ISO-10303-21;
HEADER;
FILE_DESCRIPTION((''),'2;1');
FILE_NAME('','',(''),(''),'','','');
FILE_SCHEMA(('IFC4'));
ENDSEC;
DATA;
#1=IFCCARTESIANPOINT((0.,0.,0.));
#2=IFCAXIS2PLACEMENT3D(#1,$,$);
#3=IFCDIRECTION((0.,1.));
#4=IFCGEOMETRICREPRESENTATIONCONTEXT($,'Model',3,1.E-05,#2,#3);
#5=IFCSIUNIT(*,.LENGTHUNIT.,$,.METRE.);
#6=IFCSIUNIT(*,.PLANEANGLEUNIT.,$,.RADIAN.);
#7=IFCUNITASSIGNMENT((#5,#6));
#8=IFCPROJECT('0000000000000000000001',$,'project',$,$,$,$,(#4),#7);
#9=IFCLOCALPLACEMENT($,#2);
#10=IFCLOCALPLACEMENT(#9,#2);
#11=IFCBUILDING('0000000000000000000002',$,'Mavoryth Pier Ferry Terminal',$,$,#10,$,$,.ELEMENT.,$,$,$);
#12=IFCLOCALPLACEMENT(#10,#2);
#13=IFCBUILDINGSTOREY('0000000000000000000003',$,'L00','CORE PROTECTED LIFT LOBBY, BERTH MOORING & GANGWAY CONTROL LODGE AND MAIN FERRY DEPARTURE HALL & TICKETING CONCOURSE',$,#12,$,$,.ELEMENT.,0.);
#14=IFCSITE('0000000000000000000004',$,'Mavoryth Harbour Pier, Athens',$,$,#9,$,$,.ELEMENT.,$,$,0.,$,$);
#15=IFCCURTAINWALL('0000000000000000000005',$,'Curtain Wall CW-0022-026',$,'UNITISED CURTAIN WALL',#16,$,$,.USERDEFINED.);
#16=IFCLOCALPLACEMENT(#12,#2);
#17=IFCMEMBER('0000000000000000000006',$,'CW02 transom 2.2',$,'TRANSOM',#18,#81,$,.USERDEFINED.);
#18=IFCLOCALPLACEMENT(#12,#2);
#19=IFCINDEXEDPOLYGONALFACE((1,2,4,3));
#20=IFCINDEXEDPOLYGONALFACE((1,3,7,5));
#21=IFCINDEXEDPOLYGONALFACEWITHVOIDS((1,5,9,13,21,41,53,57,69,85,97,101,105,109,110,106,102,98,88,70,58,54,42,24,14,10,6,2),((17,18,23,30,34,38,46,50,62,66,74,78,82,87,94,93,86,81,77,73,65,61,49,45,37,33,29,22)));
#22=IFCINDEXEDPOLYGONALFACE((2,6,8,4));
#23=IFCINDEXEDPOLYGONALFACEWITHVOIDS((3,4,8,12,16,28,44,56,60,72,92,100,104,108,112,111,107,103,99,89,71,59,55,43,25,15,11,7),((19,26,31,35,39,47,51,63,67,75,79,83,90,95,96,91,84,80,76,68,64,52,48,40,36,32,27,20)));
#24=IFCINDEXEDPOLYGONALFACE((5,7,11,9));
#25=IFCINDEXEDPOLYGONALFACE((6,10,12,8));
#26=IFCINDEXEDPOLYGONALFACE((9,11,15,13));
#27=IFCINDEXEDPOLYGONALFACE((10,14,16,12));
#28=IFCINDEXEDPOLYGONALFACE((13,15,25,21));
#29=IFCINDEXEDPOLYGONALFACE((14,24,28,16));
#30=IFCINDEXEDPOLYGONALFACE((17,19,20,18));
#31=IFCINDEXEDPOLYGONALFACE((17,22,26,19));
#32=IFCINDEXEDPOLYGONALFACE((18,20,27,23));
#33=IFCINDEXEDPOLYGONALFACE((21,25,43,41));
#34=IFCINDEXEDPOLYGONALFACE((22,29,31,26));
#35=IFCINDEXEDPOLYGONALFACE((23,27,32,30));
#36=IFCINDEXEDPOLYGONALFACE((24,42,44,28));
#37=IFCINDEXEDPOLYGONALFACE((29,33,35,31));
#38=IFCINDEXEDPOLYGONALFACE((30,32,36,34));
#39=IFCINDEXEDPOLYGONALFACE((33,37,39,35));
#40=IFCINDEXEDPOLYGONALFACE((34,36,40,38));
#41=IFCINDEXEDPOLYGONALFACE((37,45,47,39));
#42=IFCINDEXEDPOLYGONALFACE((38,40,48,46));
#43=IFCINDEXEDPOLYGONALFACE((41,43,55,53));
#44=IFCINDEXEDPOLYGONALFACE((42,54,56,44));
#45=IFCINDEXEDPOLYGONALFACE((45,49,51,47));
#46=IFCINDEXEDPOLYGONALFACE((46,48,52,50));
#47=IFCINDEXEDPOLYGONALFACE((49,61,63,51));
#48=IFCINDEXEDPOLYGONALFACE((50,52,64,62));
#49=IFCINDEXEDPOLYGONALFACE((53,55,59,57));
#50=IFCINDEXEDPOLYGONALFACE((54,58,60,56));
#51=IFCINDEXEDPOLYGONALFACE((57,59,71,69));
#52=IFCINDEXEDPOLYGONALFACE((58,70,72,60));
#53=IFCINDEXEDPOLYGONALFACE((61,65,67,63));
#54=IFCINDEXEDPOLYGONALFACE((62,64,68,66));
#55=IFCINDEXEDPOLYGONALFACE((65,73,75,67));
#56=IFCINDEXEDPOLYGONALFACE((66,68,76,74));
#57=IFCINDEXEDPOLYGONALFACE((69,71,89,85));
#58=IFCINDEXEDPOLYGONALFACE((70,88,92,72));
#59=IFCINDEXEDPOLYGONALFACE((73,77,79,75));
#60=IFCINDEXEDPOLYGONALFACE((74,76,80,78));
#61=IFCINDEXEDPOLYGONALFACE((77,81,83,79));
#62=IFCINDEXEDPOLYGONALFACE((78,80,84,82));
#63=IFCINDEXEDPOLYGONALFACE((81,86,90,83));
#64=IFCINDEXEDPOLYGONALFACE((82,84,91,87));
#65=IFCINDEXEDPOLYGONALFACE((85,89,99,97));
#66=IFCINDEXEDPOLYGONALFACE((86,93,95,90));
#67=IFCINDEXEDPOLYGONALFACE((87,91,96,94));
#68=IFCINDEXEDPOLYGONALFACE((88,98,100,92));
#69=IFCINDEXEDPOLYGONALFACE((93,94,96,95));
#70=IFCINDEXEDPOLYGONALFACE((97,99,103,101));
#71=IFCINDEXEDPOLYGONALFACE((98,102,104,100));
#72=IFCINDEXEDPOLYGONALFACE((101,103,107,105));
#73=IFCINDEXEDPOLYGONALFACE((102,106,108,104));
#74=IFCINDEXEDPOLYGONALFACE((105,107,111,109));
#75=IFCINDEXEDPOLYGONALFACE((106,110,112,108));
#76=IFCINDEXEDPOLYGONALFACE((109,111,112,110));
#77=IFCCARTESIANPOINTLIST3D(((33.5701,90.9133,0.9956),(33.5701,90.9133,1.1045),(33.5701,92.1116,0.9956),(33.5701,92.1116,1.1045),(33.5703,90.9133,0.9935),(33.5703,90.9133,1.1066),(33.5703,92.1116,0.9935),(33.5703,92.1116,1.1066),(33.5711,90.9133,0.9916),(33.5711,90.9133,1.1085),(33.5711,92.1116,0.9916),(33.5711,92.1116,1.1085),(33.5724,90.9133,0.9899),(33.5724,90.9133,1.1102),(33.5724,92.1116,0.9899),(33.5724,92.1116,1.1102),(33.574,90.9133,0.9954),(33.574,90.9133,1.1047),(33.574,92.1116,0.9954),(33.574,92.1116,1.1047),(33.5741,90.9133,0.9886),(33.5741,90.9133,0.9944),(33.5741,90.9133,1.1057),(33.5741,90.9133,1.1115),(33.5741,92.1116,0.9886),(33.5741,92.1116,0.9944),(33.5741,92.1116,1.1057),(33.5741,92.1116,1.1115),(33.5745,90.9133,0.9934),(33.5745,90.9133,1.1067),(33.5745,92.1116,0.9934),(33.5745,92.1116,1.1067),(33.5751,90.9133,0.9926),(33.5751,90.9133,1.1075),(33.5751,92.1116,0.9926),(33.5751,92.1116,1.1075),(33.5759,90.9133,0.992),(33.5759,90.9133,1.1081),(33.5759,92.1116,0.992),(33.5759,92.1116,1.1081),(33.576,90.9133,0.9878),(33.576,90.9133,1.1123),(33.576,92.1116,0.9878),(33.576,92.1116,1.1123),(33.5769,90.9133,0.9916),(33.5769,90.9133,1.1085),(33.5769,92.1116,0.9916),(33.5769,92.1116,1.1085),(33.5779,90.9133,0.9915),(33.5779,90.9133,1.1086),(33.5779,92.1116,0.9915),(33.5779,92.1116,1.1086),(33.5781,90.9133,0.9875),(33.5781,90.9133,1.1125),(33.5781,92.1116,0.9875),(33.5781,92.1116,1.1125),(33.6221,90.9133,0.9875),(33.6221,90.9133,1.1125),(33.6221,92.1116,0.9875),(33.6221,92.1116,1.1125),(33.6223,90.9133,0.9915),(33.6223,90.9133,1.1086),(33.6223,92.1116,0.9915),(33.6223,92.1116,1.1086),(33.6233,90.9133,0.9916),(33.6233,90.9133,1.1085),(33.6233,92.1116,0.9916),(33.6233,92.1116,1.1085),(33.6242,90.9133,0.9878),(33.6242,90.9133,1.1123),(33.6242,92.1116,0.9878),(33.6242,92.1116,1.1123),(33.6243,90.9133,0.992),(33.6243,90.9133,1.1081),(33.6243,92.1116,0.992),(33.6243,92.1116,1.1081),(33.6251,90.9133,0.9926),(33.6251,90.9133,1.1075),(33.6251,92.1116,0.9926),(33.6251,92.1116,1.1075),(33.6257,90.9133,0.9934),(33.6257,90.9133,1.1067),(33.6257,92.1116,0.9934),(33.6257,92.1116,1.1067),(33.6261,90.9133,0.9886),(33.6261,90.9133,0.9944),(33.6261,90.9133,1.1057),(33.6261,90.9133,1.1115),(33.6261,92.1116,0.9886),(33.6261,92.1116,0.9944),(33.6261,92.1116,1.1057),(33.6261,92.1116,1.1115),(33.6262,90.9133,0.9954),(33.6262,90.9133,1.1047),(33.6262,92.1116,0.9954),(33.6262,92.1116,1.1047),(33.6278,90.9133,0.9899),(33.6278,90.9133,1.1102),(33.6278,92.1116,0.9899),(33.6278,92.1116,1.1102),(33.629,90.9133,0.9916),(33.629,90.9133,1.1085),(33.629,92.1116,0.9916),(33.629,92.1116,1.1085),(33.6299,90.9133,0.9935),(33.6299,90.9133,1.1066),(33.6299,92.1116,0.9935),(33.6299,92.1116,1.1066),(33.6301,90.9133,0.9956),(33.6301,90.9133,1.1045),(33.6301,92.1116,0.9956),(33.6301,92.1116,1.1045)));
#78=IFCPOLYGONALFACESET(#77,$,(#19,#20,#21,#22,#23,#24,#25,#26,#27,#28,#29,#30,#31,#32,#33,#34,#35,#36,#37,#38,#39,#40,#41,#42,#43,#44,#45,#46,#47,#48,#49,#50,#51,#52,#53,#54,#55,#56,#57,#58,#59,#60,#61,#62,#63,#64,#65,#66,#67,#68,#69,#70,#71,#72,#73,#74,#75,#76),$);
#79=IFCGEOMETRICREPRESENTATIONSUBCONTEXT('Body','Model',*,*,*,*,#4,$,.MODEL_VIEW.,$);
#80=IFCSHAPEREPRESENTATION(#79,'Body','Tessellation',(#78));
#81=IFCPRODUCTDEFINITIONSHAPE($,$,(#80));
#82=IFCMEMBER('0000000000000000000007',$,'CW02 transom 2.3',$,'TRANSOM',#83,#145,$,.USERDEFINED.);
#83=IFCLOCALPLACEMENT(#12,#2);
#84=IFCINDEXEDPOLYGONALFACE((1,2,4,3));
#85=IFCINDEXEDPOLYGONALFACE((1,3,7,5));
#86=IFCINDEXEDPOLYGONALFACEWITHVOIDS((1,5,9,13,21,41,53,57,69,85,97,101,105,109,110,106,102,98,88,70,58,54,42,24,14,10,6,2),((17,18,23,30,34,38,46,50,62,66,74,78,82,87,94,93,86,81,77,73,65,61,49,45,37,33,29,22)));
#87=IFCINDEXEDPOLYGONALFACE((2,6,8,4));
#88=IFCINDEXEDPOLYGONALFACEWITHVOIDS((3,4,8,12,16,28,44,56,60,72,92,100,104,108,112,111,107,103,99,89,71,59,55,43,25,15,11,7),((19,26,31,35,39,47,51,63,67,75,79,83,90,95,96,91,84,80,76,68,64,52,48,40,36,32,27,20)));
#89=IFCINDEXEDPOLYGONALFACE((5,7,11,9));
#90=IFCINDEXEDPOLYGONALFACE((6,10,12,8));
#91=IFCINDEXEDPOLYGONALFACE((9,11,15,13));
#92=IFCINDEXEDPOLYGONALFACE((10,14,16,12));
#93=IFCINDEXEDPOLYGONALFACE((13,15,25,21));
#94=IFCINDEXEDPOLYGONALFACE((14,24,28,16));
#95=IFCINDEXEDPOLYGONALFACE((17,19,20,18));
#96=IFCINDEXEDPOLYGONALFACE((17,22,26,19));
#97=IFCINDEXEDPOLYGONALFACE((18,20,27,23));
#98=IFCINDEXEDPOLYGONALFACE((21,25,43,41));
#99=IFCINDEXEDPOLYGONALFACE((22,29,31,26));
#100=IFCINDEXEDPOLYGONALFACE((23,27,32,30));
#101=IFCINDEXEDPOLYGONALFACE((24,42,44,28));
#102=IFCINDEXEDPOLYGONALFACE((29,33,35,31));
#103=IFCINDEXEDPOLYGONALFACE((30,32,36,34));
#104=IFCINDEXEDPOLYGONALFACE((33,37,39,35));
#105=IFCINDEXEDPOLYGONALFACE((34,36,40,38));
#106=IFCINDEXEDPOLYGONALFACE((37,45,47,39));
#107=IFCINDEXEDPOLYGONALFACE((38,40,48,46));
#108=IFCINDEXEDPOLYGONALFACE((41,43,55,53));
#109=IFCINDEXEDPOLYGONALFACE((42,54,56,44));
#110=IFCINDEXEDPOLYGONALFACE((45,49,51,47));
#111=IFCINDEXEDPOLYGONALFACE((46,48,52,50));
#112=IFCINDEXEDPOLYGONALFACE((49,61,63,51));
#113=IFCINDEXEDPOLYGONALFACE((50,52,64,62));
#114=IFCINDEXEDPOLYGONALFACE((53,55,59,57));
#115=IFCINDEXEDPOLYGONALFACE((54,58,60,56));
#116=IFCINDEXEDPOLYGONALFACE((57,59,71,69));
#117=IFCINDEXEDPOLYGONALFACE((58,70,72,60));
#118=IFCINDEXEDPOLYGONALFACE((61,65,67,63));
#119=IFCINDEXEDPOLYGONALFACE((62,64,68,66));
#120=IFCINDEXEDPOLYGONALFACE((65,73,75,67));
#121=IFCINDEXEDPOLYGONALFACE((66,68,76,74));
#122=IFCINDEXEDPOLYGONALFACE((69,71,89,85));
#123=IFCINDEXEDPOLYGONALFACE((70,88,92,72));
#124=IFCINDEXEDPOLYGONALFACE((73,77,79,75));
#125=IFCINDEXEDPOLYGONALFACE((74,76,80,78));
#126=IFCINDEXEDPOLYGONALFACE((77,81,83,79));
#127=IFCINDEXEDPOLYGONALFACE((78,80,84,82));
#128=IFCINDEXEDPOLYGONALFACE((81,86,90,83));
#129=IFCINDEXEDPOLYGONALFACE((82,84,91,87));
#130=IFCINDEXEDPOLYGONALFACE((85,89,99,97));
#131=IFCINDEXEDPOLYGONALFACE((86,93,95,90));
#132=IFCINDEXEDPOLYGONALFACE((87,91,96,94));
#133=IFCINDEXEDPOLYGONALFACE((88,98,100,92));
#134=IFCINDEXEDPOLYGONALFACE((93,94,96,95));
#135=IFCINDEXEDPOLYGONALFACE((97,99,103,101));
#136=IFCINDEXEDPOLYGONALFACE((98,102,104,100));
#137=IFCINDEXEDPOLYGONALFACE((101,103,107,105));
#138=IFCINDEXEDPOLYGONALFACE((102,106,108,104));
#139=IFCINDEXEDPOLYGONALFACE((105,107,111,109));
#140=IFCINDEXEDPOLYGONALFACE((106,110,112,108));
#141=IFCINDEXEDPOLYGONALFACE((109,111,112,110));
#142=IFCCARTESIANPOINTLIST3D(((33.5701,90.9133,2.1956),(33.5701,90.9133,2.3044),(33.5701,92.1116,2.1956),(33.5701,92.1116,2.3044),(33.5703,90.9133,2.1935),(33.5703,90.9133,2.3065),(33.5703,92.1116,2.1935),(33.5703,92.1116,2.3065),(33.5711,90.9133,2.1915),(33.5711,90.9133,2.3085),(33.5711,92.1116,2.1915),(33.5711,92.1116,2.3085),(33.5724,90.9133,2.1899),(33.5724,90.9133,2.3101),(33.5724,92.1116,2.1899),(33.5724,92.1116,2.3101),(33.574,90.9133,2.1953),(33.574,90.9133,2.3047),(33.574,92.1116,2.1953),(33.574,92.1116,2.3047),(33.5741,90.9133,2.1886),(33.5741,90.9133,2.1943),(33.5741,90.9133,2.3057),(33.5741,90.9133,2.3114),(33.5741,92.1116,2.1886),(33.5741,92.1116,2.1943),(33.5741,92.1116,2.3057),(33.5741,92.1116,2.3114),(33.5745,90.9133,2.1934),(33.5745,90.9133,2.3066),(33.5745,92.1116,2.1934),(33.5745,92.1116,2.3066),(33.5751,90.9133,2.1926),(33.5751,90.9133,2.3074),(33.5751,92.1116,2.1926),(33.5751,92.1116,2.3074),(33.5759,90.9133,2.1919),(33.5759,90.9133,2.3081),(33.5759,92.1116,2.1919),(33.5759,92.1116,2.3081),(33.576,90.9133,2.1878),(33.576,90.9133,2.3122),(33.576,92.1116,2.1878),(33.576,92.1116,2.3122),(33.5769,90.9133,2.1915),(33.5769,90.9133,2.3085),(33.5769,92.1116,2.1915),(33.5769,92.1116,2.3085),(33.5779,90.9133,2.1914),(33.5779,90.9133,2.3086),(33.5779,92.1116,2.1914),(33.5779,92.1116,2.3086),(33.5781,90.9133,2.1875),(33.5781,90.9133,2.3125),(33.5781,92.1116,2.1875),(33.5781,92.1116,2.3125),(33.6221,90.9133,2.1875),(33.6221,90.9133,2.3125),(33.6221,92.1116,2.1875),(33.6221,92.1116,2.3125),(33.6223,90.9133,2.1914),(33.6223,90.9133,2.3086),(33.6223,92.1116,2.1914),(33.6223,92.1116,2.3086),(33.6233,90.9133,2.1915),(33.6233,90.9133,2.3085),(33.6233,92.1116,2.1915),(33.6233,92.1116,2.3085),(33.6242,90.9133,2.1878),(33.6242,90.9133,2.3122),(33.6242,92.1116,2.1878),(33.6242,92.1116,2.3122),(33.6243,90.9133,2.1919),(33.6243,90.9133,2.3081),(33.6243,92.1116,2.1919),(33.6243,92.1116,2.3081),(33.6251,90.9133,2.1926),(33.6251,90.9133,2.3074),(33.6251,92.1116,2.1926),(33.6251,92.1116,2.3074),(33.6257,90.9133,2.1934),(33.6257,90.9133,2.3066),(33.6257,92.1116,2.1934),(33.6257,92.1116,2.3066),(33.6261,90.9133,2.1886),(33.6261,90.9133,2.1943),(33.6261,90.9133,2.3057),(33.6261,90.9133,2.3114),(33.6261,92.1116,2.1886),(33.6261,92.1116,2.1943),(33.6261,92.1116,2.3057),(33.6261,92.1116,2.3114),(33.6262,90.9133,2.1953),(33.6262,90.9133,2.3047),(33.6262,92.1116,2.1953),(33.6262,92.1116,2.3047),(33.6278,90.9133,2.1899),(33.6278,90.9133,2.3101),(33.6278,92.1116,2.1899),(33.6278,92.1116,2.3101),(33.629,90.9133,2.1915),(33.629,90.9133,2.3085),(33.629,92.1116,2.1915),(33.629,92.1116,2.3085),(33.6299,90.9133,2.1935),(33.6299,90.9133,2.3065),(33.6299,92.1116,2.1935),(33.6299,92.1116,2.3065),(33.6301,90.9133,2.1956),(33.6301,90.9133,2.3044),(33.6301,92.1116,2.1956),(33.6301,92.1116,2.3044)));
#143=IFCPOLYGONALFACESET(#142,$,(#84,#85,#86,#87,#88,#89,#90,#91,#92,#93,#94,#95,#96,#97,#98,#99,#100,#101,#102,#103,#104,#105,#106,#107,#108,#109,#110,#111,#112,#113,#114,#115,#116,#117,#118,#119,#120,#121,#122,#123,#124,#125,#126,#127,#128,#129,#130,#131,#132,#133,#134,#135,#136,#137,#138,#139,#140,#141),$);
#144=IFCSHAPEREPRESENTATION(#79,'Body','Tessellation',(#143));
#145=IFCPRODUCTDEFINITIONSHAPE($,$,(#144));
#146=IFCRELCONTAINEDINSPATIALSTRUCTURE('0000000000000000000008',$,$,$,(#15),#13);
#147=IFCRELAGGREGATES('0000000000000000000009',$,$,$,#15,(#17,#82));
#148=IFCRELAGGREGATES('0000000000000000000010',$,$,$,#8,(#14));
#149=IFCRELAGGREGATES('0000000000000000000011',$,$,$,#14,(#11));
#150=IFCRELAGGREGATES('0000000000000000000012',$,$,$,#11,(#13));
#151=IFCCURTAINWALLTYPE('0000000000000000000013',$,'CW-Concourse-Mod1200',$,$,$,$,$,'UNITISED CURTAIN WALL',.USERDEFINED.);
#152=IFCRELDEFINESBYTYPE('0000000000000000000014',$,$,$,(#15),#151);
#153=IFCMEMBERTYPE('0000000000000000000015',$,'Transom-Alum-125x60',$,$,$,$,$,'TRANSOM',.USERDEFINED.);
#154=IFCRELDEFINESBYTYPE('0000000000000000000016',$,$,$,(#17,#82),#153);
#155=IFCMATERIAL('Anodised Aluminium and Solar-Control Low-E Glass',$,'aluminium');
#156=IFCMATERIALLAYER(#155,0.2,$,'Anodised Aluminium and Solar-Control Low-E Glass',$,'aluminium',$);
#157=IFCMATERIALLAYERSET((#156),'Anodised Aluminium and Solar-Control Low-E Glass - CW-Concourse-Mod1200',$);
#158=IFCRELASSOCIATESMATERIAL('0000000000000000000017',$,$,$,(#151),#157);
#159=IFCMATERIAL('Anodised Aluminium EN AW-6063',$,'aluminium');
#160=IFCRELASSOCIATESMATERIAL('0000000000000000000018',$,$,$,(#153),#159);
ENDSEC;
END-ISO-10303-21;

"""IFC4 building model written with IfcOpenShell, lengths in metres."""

from ifc_helpers import new_model, si_unit, direction, frame, origin, origin_2d, place, context, subcontext, project, spatial, hollow_rectangle, extrude, material, layer, layer_set, material_profile, profile_set, type_object, element, aggregate, save


model = new_model("IFC4")

# Units and contexts
model_context = context("Model", 3, precision=1e-05, world=origin(), true_north=direction((0.0, 1.0)))
body_context = subcontext(model_context, "Body", "Model", "MODEL_VIEW")
ifc_project = project(units=[si_unit("LENGTHUNIT", "METRE"), si_unit("PLANEANGLEUNIT", "RADIAN")], contexts=[model_context])

# Site, building, storey
site_placement = place(None, origin())
site = spatial("IfcSite", under=ifc_project, at=site_placement, Name="Mavoryth Harbour Pier, Athens", CompositionType="ELEMENT", RefElevation=0.0)
building_placement = place(site_placement, origin())
building = spatial("IfcBuilding", under=site, at=building_placement, Name="Mavoryth Pier Ferry Terminal", CompositionType="ELEMENT")
storey_placement = place(building_placement, origin())
storey = spatial("IfcBuildingStorey", under=building, at=storey_placement, Name="L00", Description="CORE PROTECTED LIFT LOBBY, BERTH MOORING & GANGWAY CONTROL LODGE AND MAIN FERRY DEPARTURE HALL & TICKETING CONCOURSE", CompositionType="ELEMENT", Elevation=0.0)

# Curtain wall, members
ifc_material_1 = material(Name="Anodised Aluminium and Solar-Control Low-E Glass", Category="aluminium")
ifc_layer_1 = layer(ifc_material_1, 0.2, Name="Anodised Aluminium and Solar-Control Low-E Glass", Category="aluminium")
ifc_layer_set_1 = layer_set([ifc_layer_1], Name="Anodised Aluminium and Solar-Control Low-E Glass - CW-Concourse-Mod1200")
curtain_wall_type = type_object("IfcCurtainWallType", Name="CW-Concourse-Mod1200", ElementType="UNITISED CURTAIN WALL", PredefinedType="USERDEFINED", material=ifc_layer_set_1)
curtain_wall_placement = place(storey_placement, origin())
curtain_wall = element("IfcCurtainWall", 1, at=curtain_wall_placement, inside=storey, type_object=curtain_wall_type, Name="Curtain Wall CW-0022-026", ObjectType="UNITISED CURTAIN WALL", PredefinedType="USERDEFINED")
ifc_material_2 = material(Name="Anodised Aluminium EN AW-6063", Category="aluminium")
ifc_material_profile_1 = material_profile(ifc_material_2, hollow_rectangle(XDim=0.0601, YDim=0.125, WallThickness=0.0039, InnerFilletRadius=0.0039, OuterFilletRadius=0.0081, at=origin_2d()), Name="AL-TRAN 125x60x4", Category="aluminium")
ifc_profile_set_1 = profile_set([ifc_material_profile_1], Name="Anodised Aluminium EN AW-6063 - AL-TRAN 125x60x4")
member_type_1 = type_object("IfcMemberType", Name="Transom-Alum-125x60", ElementType="TRANSOM", PredefinedType="USERDEFINED", material=ifc_profile_set_1)
member_1_placement = place(storey_placement, frame((33.6001, 90.9133, 1.05), z_axis=(0.0, 1.0, 0.0), x_axis=(-1.0, 0.0, 0.0)))
member_1 = element("IfcMember", 2, at=member_1_placement, type_object=member_type_1, Name="CW02 transom 2.2", ObjectType="TRANSOM", PredefinedType="USERDEFINED", context=body_context, shape_type="SweptSolid", body=[
    extrude(hollow_rectangle(XDim=0.0601, YDim=0.125, WallThickness=0.0039, InnerFilletRadius=0.0039, OuterFilletRadius=0.0081, at=origin_2d()), origin(), (0.0, 0.0, 1.0), 1.1982),
])
member_2_placement = place(storey_placement, frame((33.6001, 90.9133, 2.25), z_axis=(0.0, 1.0, 0.0), x_axis=(-1.0, 0.0, 0.0)))
member_2 = element("IfcMember", 3, at=member_2_placement, type_object=member_type_1, Name="CW02 transom 2.3", ObjectType="TRANSOM", PredefinedType="USERDEFINED", context=body_context, shape_type="SweptSolid", body=[
    extrude(hollow_rectangle(XDim=0.0601, YDim=0.125, WallThickness=0.0039, InnerFilletRadius=0.0039, OuterFilletRadius=0.0081, at=origin_2d()), origin(), (0.0, 0.0, 1.0), 1.1982),
])
aggregate(curtain_wall, [member_1, member_2])

save(model, "model.ifc")
